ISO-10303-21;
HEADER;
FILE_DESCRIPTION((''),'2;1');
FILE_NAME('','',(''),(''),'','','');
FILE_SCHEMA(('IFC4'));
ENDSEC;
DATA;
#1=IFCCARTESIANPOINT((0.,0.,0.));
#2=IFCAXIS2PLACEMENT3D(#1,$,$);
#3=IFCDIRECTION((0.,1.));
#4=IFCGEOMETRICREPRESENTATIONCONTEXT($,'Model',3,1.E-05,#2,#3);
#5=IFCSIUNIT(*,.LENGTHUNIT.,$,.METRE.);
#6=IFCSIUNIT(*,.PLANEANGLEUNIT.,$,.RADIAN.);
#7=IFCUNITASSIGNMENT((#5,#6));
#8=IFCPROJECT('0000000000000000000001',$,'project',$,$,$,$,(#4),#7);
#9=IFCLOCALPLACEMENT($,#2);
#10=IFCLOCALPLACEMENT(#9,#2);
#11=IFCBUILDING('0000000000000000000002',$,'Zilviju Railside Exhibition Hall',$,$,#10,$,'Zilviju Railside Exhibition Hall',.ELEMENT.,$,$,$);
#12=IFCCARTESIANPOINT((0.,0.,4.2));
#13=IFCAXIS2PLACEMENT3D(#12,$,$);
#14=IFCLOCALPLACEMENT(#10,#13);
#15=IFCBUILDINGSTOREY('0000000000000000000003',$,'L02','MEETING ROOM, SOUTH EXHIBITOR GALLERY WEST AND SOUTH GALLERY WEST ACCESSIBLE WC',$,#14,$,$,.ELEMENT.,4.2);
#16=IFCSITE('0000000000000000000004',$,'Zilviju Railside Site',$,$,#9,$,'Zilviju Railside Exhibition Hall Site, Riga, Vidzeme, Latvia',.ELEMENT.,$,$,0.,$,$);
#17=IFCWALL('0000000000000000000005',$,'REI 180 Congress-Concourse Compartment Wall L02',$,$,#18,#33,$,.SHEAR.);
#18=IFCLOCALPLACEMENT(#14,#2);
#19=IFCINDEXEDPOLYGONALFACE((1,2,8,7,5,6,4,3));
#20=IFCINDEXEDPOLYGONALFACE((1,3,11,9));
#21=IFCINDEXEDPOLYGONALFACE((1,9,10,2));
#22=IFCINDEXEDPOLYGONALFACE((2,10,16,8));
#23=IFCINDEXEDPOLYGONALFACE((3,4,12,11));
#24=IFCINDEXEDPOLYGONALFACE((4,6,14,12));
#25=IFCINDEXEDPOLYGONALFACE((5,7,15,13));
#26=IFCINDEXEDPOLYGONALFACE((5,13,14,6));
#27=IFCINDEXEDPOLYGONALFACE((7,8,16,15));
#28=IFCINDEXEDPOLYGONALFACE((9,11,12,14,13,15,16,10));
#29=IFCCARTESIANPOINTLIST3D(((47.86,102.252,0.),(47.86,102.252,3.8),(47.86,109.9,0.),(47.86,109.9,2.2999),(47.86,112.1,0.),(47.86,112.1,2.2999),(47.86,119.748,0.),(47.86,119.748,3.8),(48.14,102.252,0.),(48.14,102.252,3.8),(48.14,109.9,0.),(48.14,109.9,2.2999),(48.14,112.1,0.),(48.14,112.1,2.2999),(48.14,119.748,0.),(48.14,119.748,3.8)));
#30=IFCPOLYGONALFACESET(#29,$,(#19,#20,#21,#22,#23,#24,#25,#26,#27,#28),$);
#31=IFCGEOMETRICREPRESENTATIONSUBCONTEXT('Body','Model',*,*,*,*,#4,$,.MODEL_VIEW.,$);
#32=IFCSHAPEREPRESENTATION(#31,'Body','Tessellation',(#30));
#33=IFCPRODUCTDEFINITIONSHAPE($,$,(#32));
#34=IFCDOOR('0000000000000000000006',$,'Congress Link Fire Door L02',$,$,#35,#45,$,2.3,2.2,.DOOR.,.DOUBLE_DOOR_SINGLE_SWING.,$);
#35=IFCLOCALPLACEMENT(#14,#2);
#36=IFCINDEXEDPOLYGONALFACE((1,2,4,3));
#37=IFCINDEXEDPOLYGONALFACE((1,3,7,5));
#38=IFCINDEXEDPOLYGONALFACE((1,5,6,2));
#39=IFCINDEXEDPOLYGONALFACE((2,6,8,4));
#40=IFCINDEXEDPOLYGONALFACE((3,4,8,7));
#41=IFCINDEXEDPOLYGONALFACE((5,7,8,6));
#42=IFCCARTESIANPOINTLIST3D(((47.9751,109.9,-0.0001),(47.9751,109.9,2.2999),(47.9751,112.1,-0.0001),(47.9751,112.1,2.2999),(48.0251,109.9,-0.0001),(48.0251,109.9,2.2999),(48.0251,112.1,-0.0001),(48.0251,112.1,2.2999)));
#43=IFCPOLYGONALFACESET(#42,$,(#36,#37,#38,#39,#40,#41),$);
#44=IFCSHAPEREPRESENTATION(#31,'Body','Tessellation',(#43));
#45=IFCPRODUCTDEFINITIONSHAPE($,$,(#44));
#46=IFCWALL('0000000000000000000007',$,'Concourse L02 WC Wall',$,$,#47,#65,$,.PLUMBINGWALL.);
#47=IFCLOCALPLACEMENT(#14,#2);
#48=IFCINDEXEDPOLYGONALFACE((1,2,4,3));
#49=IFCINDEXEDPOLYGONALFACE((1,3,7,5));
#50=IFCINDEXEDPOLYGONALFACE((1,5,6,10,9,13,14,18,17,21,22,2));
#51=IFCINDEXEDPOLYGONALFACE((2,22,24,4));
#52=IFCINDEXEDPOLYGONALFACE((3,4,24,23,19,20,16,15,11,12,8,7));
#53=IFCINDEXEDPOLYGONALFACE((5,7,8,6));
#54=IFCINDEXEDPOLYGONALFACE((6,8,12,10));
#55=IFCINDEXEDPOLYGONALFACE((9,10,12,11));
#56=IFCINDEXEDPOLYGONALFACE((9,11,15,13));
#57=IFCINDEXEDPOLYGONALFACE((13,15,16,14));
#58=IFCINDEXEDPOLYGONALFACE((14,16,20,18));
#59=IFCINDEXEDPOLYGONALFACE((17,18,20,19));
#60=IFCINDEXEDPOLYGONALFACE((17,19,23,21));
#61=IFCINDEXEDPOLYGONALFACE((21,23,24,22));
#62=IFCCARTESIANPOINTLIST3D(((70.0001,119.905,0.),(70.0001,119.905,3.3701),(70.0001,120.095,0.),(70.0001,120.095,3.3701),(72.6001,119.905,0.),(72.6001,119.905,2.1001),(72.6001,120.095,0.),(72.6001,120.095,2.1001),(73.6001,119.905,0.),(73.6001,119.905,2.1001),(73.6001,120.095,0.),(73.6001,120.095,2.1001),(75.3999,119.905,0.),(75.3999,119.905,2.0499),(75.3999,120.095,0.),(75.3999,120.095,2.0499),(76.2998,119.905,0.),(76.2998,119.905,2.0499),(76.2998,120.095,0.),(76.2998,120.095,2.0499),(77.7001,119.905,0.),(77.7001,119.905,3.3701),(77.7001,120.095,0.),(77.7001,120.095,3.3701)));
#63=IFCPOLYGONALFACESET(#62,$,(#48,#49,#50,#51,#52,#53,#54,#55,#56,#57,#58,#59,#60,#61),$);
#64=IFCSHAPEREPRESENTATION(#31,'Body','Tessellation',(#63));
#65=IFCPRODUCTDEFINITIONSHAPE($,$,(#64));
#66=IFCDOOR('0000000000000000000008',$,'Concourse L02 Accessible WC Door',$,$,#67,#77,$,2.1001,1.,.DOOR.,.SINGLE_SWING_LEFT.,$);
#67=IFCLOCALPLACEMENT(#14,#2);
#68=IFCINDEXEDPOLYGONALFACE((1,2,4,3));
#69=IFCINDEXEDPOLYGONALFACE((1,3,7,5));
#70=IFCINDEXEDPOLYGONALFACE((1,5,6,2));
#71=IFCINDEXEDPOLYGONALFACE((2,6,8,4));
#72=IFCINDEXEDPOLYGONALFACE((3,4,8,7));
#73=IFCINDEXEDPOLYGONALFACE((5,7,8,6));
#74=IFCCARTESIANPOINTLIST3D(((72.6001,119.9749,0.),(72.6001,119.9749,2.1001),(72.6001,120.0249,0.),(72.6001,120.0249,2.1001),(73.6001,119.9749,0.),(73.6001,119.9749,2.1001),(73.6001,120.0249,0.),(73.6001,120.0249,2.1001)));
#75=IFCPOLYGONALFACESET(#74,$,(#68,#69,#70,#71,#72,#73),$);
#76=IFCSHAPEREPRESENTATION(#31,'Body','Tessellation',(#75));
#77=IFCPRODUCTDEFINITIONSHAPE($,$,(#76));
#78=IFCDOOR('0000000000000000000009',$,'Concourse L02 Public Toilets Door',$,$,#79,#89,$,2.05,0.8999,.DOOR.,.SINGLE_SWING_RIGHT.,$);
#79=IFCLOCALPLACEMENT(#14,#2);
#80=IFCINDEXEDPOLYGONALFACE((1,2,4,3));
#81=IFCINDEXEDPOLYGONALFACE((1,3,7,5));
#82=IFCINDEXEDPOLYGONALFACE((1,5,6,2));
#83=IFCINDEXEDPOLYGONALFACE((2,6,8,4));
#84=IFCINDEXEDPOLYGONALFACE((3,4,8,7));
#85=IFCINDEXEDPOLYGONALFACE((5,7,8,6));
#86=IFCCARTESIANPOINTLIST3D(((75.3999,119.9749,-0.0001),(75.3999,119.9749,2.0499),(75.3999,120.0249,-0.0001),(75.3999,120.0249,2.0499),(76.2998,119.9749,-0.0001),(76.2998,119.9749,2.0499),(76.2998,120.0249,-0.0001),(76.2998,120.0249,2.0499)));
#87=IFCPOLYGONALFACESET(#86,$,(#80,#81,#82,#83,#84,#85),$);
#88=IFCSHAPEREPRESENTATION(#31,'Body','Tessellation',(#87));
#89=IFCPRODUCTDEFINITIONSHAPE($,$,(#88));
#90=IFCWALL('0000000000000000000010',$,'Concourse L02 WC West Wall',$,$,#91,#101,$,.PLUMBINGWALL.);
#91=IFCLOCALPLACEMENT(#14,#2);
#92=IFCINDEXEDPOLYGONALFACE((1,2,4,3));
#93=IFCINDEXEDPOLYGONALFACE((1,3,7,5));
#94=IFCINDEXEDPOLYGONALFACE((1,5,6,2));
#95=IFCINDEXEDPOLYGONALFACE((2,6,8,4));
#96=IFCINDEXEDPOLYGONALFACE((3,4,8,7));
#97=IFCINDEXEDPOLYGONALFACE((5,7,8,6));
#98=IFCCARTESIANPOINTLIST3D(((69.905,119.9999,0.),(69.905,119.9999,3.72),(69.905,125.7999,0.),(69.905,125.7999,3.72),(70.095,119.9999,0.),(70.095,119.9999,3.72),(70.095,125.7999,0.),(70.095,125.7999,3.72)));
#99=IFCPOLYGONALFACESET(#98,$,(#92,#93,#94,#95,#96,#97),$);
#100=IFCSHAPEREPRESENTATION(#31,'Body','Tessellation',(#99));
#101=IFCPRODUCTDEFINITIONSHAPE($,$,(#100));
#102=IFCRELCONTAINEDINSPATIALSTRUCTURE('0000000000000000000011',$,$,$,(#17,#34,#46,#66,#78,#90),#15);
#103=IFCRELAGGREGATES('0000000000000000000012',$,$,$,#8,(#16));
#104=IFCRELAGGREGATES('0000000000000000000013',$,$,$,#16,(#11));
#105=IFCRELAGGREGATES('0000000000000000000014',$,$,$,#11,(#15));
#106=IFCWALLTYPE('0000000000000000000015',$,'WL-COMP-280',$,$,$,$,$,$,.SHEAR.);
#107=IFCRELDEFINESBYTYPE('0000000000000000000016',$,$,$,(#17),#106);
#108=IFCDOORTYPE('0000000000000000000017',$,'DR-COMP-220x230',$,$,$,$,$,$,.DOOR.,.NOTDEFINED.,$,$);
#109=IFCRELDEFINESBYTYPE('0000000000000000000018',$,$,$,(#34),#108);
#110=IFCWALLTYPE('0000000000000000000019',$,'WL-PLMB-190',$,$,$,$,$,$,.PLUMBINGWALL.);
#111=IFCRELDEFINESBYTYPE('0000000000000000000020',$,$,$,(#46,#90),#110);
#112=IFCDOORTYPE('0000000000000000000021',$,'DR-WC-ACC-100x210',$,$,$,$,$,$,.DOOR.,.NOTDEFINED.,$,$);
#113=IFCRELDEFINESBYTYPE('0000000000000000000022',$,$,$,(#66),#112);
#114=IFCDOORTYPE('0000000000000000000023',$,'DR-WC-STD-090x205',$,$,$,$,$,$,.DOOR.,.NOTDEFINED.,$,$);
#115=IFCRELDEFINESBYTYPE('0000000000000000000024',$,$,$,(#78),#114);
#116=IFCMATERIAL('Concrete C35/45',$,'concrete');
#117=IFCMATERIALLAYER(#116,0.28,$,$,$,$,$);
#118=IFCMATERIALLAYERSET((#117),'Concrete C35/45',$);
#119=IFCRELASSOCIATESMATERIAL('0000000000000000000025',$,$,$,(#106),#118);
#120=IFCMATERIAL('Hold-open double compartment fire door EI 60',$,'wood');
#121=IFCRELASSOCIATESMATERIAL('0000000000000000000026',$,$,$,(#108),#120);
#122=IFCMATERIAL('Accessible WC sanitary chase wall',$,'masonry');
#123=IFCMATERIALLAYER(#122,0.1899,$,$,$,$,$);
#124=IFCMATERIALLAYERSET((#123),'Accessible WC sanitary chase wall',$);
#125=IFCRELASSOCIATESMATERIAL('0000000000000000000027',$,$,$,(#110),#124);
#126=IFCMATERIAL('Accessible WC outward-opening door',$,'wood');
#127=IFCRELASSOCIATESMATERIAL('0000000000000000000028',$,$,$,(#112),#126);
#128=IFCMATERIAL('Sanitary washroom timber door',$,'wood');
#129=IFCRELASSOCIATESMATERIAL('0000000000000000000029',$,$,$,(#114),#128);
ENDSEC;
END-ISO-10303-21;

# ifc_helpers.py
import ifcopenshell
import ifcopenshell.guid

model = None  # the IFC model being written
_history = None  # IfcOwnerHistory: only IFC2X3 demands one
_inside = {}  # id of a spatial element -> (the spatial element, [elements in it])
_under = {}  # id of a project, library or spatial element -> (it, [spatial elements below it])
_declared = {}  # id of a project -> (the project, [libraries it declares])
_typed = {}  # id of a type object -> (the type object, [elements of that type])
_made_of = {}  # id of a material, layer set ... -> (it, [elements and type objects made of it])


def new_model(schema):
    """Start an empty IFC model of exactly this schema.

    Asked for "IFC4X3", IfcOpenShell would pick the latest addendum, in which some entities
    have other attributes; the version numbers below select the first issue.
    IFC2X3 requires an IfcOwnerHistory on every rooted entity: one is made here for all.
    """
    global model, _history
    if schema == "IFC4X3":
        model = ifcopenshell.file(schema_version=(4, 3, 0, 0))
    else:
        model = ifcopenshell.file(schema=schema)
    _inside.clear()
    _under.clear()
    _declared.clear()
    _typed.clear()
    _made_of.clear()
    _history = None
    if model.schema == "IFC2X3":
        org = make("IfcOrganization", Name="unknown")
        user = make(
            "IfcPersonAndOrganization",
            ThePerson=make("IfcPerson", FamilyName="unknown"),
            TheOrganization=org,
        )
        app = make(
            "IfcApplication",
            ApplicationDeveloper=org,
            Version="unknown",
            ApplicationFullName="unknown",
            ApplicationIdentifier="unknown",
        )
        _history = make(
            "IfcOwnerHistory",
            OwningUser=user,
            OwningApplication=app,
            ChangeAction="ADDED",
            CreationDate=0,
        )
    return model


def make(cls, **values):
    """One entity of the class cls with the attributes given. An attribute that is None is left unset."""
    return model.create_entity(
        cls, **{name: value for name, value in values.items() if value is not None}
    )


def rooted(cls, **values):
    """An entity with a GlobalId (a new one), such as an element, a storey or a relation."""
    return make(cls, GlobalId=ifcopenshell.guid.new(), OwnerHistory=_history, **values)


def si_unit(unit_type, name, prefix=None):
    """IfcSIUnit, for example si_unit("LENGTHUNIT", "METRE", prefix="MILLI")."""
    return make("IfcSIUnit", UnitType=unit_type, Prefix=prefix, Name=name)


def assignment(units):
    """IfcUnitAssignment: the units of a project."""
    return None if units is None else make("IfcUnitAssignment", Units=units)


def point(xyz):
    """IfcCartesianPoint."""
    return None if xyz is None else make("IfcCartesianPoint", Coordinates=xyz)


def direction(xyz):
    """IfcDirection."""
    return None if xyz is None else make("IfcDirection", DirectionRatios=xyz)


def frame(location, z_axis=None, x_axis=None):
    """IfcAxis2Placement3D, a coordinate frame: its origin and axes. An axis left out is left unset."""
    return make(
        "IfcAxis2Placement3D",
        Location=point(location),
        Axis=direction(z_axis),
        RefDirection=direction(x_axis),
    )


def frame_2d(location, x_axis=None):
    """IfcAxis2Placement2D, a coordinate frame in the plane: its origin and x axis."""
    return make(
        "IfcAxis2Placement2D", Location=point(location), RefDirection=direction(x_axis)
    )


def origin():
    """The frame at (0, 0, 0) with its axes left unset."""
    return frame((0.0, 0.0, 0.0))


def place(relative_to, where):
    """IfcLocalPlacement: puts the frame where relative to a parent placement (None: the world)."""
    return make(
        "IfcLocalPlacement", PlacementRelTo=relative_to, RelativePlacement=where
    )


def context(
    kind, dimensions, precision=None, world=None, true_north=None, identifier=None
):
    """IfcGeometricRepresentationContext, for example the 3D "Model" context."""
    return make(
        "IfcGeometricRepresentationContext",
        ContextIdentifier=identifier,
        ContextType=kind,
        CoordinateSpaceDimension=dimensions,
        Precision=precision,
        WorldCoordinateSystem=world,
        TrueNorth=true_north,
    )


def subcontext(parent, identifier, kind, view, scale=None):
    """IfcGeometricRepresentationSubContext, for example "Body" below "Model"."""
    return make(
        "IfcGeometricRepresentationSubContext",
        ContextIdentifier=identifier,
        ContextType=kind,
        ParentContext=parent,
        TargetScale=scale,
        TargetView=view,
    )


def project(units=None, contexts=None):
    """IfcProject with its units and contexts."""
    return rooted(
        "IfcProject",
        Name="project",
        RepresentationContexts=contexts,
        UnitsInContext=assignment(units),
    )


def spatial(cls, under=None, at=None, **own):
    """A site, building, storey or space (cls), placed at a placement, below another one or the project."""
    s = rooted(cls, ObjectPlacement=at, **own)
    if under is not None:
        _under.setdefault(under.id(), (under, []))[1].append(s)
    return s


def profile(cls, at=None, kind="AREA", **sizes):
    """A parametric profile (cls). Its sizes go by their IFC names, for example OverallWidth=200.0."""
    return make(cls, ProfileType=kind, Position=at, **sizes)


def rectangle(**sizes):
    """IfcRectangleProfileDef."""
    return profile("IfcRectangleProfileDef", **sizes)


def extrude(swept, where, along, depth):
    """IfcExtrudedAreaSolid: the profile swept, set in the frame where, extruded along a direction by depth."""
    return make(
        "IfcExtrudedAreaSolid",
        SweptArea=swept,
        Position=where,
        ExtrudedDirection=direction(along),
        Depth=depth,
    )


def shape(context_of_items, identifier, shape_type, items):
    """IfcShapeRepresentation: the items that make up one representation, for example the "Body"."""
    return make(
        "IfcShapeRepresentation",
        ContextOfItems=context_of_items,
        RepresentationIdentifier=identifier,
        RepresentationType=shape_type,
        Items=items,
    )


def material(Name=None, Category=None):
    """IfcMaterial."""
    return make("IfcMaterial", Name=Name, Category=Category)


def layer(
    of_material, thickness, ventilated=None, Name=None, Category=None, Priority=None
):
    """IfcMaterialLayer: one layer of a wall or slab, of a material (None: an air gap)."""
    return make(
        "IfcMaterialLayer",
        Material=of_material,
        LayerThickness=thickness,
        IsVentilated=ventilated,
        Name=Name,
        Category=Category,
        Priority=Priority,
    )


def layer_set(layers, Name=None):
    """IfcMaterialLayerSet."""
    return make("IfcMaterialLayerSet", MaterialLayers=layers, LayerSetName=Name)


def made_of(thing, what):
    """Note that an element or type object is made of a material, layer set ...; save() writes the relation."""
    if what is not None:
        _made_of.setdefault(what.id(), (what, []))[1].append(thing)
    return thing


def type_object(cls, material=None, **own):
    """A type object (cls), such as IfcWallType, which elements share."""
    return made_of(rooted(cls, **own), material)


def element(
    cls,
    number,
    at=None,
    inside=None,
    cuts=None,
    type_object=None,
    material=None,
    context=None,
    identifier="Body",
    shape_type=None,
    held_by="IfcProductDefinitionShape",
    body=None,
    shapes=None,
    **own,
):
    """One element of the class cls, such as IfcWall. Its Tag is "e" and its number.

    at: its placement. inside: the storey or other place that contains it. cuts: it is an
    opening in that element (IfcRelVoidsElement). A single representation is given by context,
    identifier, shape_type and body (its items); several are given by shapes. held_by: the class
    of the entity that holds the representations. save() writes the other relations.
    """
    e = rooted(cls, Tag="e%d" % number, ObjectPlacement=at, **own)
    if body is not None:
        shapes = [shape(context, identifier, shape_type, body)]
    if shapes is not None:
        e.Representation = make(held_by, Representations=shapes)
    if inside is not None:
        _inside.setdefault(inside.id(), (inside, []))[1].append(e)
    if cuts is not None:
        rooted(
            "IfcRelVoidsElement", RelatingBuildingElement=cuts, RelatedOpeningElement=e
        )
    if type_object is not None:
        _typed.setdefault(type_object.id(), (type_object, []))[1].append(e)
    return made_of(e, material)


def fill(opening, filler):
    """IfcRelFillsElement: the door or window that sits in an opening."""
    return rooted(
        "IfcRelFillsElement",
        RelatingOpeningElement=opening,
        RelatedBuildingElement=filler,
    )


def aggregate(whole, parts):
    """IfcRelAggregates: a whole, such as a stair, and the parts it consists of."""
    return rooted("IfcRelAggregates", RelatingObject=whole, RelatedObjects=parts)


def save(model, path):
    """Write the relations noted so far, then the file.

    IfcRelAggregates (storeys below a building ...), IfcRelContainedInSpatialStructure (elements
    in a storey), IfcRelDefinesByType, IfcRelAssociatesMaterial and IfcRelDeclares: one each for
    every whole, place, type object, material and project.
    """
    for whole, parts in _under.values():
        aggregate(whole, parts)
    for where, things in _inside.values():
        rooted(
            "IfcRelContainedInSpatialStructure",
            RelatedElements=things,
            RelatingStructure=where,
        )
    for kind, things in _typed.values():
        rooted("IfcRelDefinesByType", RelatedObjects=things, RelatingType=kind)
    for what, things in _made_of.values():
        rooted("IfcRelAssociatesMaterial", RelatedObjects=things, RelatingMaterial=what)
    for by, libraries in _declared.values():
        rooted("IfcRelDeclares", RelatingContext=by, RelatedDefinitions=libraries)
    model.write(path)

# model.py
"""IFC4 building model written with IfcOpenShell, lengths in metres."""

from ifc_helpers import new_model, si_unit, direction, frame, frame_2d, origin, place, context, subcontext, project, spatial, rectangle, extrude, material, layer, layer_set, type_object, element, fill, save


model = new_model("IFC4")

# Units and contexts
model_context = context("Model", 3, precision=1e-05, world=origin(), true_north=direction((0.0, 1.0)))
body_context = subcontext(model_context, "Body", "Model", "MODEL_VIEW")
ifc_project = project(units=[si_unit("LENGTHUNIT", "METRE"), si_unit("PLANEANGLEUNIT", "RADIAN")], contexts=[model_context])

# Site, building, storey
site_placement = place(None, origin())
site = spatial("IfcSite", under=ifc_project, at=site_placement, Name="Zilviju Railside Site", LongName="Zilviju Railside Exhibition Hall Site, Riga, Vidzeme, Latvia", CompositionType="ELEMENT", RefElevation=0.0)
building_placement = place(site_placement, origin())
building = spatial("IfcBuilding", under=site, at=building_placement, Name="Zilviju Railside Exhibition Hall", LongName="Zilviju Railside Exhibition Hall", CompositionType="ELEMENT")
storey_placement = place(building_placement, frame((0.0, 0.0, 4.2)))
storey = spatial("IfcBuildingStorey", under=building, at=storey_placement, Name="L02", Description="MEETING ROOM, SOUTH EXHIBITOR GALLERY WEST AND SOUTH GALLERY WEST ACCESSIBLE WC", CompositionType="ELEMENT", Elevation=4.2)

# Wall, opening, door
ifc_material_1 = material(Name="Concrete C35/45", Category="concrete")
ifc_layer_1 = layer(ifc_material_1, 0.28)
ifc_layer_set_1 = layer_set([ifc_layer_1], Name="Concrete C35/45")
wall_type_1 = type_object("IfcWallType", Name="WL-COMP-280", PredefinedType="SHEAR", material=ifc_layer_set_1)
wall_1_placement = place(storey_placement, frame((48.0, 102.252, 0.0), z_axis=(0.0, 0.0, 1.0), x_axis=(0.0, 1.0, 0.0)))
wall_1 = element("IfcWall", 1, at=wall_1_placement, inside=storey, type_object=wall_type_1, Name="REI 180 Congress-Concourse Compartment Wall L02", PredefinedType="SHEAR", context=body_context, shape_type="SweptSolid", body=[
    extrude(rectangle(XDim=17.4961, YDim=0.28, at=frame_2d((8.748, 0.0))), origin(), (0.0, 0.0, 1.0), 3.8),
])
opening_1_placement = place(wall_1_placement, frame((7.6479, 0.0, 0.0)))
opening_1 = element("IfcOpeningElement", 2, at=opening_1_placement, cuts=wall_1, PredefinedType="OPENING", context=body_context, shape_type="SweptSolid", body=[
    extrude(rectangle(XDim=2.2, YDim=2.3, at=frame_2d((1.1001, 1.1499))), frame((0.0, 0.1499, 0.0), z_axis=(0.0, -1.0, 0.0), x_axis=(1.0, 0.0, 0.0)), (0.0, 0.0, 1.0), 0.3),
])
ifc_material_2 = material(Name="Hold-open double compartment fire door EI 60", Category="wood")
door_type_1 = type_object("IfcDoorType", Name="DR-COMP-220x230", OperationType="NOTDEFINED", PredefinedType="DOOR", material=ifc_material_2)
door_1_placement = place(opening_1_placement, origin())
door_1 = element("IfcDoor", 3, at=door_1_placement, inside=storey, type_object=door_type_1, Name="Congress Link Fire Door L02", OperationType="DOUBLE_DOOR_SINGLE_SWING", OverallHeight=2.3, OverallWidth=2.2, PredefinedType="DOOR", context=body_context, shape_type="SweptSolid", body=[
    extrude(rectangle(XDim=2.2, YDim=2.3, at=frame_2d((1.1001, 1.1499))), frame((0.0, 0.0249, 0.0), z_axis=(0.0, -1.0, 0.0), x_axis=(1.0, 0.0, 0.0)), (0.0, 0.0, 1.0), 0.05),
])
fill(opening_1, door_1)

# Wall, openings, doors
ifc_material_3 = material(Name="Accessible WC sanitary chase wall", Category="masonry")
ifc_layer_2 = layer(ifc_material_3, 0.1899)
ifc_layer_set_2 = layer_set([ifc_layer_2], Name="Accessible WC sanitary chase wall")
wall_type_2 = type_object("IfcWallType", Name="WL-PLMB-190", PredefinedType="PLUMBINGWALL", material=ifc_layer_set_2)
wall_2_placement = place(storey_placement, frame((70.0, 120.0, 0.0), z_axis=(0.0, 0.0, 1.0), x_axis=(1.0, 0.0, 0.0)))
wall_2 = element("IfcWall", 4, at=wall_2_placement, inside=storey, type_object=wall_type_2, Name="Concourse L02 WC Wall", PredefinedType="PLUMBINGWALL", context=body_context, shape_type="SweptSolid", body=[
    extrude(rectangle(XDim=7.7, YDim=0.1899, at=frame_2d((3.8501, 0.0))), origin(), (0.0, 0.0, 1.0), 3.3701),
])
opening_2_placement = place(wall_2_placement, frame((2.6001, 0.0, 0.0)))
opening_2 = element("IfcOpeningElement", 5, at=opening_2_placement, cuts=wall_2, PredefinedType="OPENING", context=body_context, shape_type="SweptSolid", body=[
    extrude(rectangle(XDim=1.0, YDim=2.1001, at=frame_2d((0.5, 1.05))), frame((0.0, 0.105, 0.0), z_axis=(0.0, -1.0, 0.0), x_axis=(1.0, 0.0, 0.0)), (0.0, 0.0, 1.0), 0.21),
])
opening_3_placement = place(wall_2_placement, frame((5.3999, 0.0, 0.0)))
opening_3 = element("IfcOpeningElement", 6, at=opening_3_placement, cuts=wall_2, PredefinedType="OPENING", context=body_context, shape_type="SweptSolid", body=[
    extrude(rectangle(XDim=0.8999, YDim=2.05, at=frame_2d((0.45, 1.0249))), frame((0.0, 0.105, 0.0), z_axis=(0.0, -1.0, 0.0), x_axis=(1.0, 0.0, 0.0)), (0.0, 0.0, 1.0), 0.21),
])
ifc_material_4 = material(Name="Accessible WC outward-opening door", Category="wood")
door_type_2 = type_object("IfcDoorType", Name="DR-WC-ACC-100x210", OperationType="NOTDEFINED", PredefinedType="DOOR", material=ifc_material_4)
door_2_placement = place(opening_2_placement, origin())
door_2 = element("IfcDoor", 7, at=door_2_placement, inside=storey, type_object=door_type_2, Name="Concourse L02 Accessible WC Door", OperationType="SINGLE_SWING_LEFT", OverallHeight=2.1001, OverallWidth=1.0, PredefinedType="DOOR", context=body_context, shape_type="SweptSolid", body=[
    extrude(rectangle(XDim=1.0, YDim=2.1001, at=frame_2d((0.5, 1.05))), frame((0.0, 0.0249, 0.0), z_axis=(0.0, -1.0, 0.0), x_axis=(1.0, 0.0, 0.0)), (0.0, 0.0, 1.0), 0.05),
])
fill(opening_2, door_2)
ifc_material_5 = material(Name="Sanitary washroom timber door", Category="wood")
door_type_3 = type_object("IfcDoorType", Name="DR-WC-STD-090x205", OperationType="NOTDEFINED", PredefinedType="DOOR", material=ifc_material_5)
door_3_placement = place(opening_3_placement, origin())
door_3 = element("IfcDoor", 8, at=door_3_placement, inside=storey, type_object=door_type_3, Name="Concourse L02 Public Toilets Door", OperationType="SINGLE_SWING_RIGHT", OverallHeight=2.05, OverallWidth=0.8999, PredefinedType="DOOR", context=body_context, shape_type="SweptSolid", body=[
    extrude(rectangle(XDim=0.8999, YDim=2.05, at=frame_2d((0.45, 1.0249))), frame((0.0, 0.0249, 0.0), z_axis=(0.0, -1.0, 0.0), x_axis=(1.0, 0.0, 0.0)), (0.0, 0.0, 1.0), 0.05),
])
fill(opening_3, door_3)

# Wall
wall_3_placement = place(storey_placement, frame((70.0, 120.0, 0.0), z_axis=(0.0, 0.0, 1.0), x_axis=(0.0, 1.0, 0.0)))
element("IfcWall", 9, at=wall_3_placement, inside=storey, type_object=wall_type_2, Name="Concourse L02 WC West Wall", PredefinedType="PLUMBINGWALL", context=body_context, shape_type="SweptSolid", body=[
    extrude(rectangle(XDim=5.8, YDim=0.1899, at=frame_2d((2.8999, 0.0))), origin(), (0.0, 0.0, 1.0), 3.72),
])

save(model, "model.ifc")
